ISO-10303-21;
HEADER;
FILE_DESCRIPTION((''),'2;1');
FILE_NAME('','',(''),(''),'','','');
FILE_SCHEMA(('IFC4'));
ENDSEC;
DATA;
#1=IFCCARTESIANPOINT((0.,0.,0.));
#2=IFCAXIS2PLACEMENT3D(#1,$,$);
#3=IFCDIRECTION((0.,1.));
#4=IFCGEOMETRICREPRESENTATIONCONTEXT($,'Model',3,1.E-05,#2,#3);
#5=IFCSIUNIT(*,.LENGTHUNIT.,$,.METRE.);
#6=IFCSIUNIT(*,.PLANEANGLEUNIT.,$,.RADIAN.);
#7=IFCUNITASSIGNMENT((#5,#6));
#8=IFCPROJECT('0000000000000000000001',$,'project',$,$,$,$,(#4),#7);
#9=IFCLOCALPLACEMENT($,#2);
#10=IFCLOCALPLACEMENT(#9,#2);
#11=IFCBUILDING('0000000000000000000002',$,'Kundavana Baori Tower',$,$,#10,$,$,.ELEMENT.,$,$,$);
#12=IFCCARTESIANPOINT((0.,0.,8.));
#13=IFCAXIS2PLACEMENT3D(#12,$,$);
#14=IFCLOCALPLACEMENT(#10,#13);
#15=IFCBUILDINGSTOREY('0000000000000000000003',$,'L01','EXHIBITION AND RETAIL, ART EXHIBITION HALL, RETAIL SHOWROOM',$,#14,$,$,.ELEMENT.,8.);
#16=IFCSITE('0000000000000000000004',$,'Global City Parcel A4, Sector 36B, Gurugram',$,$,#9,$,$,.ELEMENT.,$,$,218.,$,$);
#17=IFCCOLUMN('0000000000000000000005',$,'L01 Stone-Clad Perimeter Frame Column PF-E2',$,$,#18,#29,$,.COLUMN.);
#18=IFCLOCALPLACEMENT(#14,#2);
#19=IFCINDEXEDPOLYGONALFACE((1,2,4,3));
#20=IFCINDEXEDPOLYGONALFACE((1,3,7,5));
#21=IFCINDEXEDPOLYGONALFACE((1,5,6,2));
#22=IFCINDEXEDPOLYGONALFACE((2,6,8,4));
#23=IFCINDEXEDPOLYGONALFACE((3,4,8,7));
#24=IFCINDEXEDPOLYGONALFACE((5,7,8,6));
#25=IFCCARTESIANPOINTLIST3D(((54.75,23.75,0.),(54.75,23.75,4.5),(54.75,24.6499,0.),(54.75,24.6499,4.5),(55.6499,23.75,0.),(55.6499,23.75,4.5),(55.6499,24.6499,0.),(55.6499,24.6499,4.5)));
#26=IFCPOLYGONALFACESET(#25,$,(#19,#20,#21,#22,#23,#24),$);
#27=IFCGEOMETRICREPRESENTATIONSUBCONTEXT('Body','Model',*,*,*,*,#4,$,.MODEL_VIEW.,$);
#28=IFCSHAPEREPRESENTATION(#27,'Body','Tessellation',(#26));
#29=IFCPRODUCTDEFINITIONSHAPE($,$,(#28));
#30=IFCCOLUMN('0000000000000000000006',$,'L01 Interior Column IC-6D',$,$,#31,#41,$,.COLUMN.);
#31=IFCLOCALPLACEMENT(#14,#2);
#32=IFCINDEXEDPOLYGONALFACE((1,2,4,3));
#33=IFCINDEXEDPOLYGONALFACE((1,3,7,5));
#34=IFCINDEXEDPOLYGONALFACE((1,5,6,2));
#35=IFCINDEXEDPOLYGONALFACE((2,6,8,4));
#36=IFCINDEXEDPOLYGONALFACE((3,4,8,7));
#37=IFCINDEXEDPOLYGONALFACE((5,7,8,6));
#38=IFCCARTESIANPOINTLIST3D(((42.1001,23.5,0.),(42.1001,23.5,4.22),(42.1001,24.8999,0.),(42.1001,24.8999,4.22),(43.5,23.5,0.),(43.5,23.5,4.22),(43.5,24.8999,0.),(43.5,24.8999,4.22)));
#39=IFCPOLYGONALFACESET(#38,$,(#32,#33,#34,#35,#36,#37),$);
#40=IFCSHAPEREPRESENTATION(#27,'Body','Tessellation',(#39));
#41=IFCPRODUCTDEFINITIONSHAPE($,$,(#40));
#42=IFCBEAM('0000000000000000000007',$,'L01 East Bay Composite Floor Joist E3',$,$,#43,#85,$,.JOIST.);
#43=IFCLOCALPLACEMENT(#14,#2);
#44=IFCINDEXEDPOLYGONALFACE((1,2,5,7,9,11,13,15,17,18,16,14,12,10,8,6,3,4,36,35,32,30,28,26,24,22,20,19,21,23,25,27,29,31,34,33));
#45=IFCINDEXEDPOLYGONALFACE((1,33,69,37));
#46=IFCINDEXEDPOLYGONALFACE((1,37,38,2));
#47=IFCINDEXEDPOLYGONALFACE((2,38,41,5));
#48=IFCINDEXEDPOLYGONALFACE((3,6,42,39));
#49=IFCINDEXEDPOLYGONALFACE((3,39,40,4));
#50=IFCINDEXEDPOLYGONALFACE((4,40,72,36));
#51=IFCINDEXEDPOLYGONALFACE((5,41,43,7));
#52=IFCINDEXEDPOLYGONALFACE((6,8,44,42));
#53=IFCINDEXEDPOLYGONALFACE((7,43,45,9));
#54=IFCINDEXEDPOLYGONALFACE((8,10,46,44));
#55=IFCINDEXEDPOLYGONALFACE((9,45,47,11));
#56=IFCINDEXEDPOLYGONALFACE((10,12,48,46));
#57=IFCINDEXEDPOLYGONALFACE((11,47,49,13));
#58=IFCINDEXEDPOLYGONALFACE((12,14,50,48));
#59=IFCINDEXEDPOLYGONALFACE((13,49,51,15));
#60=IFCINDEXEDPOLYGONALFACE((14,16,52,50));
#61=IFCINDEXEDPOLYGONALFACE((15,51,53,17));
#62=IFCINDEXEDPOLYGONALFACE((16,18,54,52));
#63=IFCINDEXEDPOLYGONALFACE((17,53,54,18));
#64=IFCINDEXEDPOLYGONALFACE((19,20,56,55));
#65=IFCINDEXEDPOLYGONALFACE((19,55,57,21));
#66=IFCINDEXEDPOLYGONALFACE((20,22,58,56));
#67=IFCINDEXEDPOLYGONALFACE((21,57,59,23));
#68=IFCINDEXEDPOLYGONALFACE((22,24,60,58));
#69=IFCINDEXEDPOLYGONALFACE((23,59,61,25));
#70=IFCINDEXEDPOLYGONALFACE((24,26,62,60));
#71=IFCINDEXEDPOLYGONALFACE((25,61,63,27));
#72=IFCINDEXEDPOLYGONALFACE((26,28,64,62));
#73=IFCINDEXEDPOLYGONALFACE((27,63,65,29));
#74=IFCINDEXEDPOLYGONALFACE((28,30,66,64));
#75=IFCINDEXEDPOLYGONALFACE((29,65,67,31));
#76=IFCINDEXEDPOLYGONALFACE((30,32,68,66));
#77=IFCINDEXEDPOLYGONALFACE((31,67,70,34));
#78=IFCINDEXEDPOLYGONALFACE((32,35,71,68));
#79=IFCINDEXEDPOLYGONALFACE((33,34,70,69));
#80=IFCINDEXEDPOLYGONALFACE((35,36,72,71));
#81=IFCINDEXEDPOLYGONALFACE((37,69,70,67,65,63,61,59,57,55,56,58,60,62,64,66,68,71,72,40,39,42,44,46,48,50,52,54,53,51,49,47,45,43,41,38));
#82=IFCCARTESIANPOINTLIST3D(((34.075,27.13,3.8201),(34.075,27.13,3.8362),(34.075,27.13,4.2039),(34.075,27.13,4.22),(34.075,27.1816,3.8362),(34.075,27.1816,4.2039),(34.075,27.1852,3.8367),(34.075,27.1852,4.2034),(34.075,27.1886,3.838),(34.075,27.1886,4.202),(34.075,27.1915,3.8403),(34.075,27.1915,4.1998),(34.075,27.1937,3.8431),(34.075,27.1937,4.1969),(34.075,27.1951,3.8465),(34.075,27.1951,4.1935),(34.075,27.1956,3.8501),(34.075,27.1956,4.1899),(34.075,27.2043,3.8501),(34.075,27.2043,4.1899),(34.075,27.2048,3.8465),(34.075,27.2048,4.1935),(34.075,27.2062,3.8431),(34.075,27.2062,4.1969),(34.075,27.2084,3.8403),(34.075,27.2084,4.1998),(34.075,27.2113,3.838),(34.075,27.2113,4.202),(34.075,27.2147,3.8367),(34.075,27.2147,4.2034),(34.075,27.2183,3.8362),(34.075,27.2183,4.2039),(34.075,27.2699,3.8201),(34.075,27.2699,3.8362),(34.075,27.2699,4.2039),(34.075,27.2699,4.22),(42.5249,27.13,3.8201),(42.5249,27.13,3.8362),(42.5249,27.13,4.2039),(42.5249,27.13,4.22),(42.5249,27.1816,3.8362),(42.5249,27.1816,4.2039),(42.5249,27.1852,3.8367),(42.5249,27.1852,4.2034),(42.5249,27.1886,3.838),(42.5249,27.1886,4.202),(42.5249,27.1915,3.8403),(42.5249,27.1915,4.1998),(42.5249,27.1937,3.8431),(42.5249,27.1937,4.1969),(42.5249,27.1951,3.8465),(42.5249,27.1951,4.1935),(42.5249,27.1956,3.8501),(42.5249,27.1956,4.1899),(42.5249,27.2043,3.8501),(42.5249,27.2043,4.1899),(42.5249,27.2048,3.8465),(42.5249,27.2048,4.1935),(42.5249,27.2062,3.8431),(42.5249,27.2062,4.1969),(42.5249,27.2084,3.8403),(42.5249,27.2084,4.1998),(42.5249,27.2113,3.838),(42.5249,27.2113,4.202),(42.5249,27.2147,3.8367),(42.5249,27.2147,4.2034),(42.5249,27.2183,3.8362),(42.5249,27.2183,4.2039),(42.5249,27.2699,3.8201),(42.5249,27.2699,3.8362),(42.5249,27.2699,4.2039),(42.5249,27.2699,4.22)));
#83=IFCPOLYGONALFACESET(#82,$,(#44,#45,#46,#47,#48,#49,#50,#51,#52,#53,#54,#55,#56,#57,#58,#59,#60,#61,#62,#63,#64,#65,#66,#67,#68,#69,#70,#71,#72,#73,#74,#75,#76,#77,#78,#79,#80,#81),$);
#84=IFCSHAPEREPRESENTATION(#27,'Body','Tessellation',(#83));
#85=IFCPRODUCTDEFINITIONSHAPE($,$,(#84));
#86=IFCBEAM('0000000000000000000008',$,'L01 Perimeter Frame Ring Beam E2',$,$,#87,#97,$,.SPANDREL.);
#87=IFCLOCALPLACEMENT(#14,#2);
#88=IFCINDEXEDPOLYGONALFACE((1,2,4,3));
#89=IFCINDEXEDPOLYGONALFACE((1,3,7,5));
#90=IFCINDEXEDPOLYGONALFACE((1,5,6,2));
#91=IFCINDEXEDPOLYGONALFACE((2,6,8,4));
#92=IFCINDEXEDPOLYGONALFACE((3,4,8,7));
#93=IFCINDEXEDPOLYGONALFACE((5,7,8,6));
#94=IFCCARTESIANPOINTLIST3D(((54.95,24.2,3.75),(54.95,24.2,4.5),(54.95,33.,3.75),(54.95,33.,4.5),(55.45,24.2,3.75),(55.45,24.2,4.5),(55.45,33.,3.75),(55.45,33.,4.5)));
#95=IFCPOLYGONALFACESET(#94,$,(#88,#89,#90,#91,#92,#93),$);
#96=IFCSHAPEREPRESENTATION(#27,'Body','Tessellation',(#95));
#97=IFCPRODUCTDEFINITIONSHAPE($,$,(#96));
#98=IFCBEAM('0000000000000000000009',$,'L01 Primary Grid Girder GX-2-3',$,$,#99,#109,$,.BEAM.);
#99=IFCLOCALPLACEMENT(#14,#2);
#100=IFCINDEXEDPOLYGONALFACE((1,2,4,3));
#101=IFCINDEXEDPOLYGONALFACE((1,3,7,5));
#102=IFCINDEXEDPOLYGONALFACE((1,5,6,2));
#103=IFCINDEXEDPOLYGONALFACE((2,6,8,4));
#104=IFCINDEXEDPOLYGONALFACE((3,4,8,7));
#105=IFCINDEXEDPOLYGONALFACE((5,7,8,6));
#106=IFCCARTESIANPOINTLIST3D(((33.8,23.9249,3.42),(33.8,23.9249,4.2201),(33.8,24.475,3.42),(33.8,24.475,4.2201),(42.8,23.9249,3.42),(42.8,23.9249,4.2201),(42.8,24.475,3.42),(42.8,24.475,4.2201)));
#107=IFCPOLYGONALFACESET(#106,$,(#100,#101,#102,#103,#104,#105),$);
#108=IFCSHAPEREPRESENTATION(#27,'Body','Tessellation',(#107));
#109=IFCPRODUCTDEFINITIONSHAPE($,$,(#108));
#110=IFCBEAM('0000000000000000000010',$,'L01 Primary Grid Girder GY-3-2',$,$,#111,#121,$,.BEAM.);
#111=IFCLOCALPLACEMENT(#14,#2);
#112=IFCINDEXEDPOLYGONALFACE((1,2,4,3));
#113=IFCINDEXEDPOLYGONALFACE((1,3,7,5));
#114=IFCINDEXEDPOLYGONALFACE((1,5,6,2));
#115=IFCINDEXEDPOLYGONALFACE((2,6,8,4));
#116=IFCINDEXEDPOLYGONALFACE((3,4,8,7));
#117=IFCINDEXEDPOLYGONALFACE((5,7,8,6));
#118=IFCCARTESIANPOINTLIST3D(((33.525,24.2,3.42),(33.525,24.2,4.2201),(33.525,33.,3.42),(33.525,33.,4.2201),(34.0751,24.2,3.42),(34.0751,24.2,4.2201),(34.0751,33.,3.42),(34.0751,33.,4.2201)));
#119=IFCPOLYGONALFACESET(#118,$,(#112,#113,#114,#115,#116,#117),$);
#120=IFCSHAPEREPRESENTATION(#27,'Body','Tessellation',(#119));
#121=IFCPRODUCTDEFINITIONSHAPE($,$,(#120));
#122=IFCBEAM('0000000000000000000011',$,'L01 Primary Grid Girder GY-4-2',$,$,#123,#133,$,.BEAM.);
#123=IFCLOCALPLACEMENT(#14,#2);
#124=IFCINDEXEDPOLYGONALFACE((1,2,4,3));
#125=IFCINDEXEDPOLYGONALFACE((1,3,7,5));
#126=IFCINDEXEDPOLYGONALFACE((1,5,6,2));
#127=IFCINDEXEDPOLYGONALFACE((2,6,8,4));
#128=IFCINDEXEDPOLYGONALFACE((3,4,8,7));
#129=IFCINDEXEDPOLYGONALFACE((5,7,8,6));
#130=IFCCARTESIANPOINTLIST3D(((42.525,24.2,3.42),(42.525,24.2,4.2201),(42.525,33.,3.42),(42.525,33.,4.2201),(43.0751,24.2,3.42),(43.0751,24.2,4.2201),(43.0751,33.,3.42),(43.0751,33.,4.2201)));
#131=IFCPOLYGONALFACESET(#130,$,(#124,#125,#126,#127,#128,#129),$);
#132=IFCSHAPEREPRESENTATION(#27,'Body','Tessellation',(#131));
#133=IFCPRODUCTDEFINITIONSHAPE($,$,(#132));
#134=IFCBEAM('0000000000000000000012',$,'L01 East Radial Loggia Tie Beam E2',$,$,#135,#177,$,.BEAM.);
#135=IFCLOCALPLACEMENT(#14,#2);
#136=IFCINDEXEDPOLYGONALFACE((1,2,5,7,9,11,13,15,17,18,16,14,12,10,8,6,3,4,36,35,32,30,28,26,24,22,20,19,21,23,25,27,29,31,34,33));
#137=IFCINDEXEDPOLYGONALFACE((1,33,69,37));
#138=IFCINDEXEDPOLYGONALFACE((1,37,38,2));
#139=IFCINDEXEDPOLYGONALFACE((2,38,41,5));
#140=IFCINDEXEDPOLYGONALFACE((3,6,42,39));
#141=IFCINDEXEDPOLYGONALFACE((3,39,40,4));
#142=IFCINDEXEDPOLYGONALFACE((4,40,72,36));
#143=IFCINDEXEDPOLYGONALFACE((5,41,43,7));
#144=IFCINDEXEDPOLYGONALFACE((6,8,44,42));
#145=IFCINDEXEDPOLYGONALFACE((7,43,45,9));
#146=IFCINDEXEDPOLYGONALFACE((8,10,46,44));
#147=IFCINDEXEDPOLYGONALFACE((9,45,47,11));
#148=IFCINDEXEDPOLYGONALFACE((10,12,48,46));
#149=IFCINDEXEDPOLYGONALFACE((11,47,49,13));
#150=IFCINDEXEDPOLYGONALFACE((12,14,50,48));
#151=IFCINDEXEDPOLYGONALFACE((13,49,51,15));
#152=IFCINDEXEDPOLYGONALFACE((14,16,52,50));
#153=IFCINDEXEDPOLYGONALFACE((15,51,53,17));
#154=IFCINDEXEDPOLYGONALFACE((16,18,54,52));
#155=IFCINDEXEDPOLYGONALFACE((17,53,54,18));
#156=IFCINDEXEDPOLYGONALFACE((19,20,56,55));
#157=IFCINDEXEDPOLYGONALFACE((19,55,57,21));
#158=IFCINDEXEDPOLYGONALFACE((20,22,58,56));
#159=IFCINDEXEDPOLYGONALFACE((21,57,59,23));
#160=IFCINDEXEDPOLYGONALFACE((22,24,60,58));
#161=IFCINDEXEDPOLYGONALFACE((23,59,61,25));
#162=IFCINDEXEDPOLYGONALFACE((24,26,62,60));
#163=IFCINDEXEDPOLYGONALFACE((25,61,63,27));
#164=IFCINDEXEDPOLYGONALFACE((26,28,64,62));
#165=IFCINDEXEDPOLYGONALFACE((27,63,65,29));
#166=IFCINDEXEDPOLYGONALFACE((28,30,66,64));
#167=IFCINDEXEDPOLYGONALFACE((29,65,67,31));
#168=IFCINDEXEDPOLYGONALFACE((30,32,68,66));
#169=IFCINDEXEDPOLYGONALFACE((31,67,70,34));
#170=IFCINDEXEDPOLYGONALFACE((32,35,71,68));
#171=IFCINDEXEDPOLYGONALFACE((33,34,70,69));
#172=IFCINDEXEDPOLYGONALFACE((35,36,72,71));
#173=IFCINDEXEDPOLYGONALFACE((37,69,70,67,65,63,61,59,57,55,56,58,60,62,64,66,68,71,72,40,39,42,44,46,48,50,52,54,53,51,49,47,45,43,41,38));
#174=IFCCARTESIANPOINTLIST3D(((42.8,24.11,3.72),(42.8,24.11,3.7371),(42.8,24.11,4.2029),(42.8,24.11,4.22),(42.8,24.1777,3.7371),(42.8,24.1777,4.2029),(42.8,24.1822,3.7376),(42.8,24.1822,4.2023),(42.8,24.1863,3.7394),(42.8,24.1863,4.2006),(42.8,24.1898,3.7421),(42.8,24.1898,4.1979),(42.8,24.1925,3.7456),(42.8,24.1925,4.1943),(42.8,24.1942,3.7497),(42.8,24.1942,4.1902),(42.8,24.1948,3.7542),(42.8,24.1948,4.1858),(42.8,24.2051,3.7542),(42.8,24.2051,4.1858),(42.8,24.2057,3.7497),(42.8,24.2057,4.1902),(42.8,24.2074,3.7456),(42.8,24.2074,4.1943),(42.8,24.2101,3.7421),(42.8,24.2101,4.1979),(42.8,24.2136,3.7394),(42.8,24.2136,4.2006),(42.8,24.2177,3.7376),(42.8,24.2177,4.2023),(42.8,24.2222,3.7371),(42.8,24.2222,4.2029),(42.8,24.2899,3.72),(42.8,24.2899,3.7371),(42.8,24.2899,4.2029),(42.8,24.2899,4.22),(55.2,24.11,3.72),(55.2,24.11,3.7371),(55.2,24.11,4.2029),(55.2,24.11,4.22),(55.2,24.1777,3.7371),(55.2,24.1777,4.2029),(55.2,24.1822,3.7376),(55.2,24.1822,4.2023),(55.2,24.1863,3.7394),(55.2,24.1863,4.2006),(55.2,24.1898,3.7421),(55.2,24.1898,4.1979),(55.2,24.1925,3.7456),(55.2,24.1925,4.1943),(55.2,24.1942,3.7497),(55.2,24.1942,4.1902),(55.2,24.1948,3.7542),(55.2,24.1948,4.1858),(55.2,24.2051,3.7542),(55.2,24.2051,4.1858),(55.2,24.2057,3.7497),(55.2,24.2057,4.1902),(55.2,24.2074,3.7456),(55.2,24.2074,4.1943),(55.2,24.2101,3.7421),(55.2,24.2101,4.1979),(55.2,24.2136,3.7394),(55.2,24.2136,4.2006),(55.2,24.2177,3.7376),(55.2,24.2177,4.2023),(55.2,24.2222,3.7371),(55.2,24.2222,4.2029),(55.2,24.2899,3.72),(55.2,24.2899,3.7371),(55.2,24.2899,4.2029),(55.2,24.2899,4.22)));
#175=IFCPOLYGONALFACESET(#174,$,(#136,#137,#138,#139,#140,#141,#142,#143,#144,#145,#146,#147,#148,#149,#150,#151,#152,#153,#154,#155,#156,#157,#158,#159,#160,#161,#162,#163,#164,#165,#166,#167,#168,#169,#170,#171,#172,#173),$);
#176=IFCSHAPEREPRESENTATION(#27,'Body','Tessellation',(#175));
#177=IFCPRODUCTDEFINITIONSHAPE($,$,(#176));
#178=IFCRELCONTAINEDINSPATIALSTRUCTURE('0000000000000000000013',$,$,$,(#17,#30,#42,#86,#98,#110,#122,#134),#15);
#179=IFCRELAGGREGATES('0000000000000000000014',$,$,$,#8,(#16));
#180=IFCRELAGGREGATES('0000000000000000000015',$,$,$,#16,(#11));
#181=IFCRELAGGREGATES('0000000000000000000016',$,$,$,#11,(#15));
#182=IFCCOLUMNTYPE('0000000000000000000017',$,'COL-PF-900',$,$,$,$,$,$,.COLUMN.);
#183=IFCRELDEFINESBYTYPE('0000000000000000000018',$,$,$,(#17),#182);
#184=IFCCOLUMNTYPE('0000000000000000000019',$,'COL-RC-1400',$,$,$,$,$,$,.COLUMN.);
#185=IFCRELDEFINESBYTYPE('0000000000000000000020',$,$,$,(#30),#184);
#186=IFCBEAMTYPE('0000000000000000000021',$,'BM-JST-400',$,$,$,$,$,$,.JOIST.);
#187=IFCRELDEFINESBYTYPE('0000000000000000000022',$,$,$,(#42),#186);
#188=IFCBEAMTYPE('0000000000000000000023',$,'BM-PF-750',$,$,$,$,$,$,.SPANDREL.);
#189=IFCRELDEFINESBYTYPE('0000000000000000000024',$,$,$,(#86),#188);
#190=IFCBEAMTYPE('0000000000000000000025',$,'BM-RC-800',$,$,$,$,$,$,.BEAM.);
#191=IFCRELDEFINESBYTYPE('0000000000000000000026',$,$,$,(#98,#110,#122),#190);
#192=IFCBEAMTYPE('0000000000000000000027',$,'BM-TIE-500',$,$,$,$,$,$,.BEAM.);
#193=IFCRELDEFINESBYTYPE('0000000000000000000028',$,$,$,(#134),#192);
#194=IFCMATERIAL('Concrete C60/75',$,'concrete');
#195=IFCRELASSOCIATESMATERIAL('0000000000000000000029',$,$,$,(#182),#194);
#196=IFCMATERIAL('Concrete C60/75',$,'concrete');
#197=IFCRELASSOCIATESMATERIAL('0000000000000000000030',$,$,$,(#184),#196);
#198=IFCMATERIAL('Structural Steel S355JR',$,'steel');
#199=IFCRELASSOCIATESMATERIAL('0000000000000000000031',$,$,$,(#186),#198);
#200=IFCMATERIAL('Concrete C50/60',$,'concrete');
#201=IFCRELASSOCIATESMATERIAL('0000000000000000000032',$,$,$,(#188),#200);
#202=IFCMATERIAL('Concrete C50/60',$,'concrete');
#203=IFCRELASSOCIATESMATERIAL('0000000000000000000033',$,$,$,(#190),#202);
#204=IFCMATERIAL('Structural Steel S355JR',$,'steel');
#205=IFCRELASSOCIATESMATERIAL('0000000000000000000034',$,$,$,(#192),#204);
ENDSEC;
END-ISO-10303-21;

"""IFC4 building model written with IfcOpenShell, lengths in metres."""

from ifc_helpers import new_model, si_unit, direction, frame, origin, origin_2d, place, context, subcontext, project, spatial, rectangle, i_section, extrude, material, material_profile, profile_set, type_object, element, save


model = new_model("IFC4")

# Units and contexts
model_context = context("Model", 3, precision=1e-05, world=origin(), true_north=direction((0.0, 1.0)))
body_context = subcontext(model_context, "Body", "Model", "MODEL_VIEW")
ifc_project = project(units=[si_unit("LENGTHUNIT", "METRE"), si_unit("PLANEANGLEUNIT", "RADIAN")], contexts=[model_context])

# Site, building, storey
site_placement = place(None, origin())
site = spatial("IfcSite", under=ifc_project, at=site_placement, Name="Global City Parcel A4, Sector 36B, Gurugram", CompositionType="ELEMENT", RefElevation=218.0)
building_placement = place(site_placement, origin())
building = spatial("IfcBuilding", under=site, at=building_placement, Name="Kundavana Baori Tower", CompositionType="ELEMENT")
storey_placement = place(building_placement, frame((0.0, 0.0, 8.0)))
storey = spatial("IfcBuildingStorey", under=building, at=storey_placement, Name="L01", Description="EXHIBITION AND RETAIL, ART EXHIBITION HALL, RETAIL SHOWROOM", CompositionType="ELEMENT", Elevation=8.0)

# Columns
ifc_material_1 = material(Name="Concrete C60/75", Category="concrete")
ifc_material_profile_1 = material_profile(ifc_material_1, rectangle(XDim=0.8999, YDim=0.8999, at=origin_2d()), Name="RC PF 900x900")
ifc_profile_set_1 = profile_set([ifc_material_profile_1], Name="Concrete C60/75")
column_type_1 = type_object("IfcColumnType", Name="COL-PF-900", PredefinedType="COLUMN", material=ifc_profile_set_1)
column_1_placement = place(storey_placement, frame((55.2, 24.2, 0.0), z_axis=(0.0, 0.0, 1.0), x_axis=(1.0, 0.0, 0.0)))
element("IfcColumn", 1, at=column_1_placement, inside=storey, type_object=column_type_1, Name="L01 Stone-Clad Perimeter Frame Column PF-E2", PredefinedType="COLUMN", context=body_context, shape_type="SweptSolid", body=[
    extrude(rectangle(XDim=0.8999, YDim=0.8999, at=origin_2d()), origin(), (0.0, 0.0, 1.0), 4.5),
])
ifc_material_2 = material(Name="Concrete C60/75", Category="concrete")
ifc_material_profile_2 = material_profile(ifc_material_2, rectangle(XDim=1.3999, YDim=1.3999, at=origin_2d()), Name="RC 1400x1400")
ifc_profile_set_2 = profile_set([ifc_material_profile_2], Name="Concrete C60/75")
column_type_2 = type_object("IfcColumnType", Name="COL-RC-1400", PredefinedType="COLUMN", material=ifc_profile_set_2)
column_2_placement = place(storey_placement, frame((42.8, 24.2, 0.0), z_axis=(0.0, 0.0, 1.0), x_axis=(1.0, 0.0, 0.0)))
element("IfcColumn", 2, at=column_2_placement, inside=storey, type_object=column_type_2, Name="L01 Interior Column IC-6D", PredefinedType="COLUMN", context=body_context, shape_type="SweptSolid", body=[
    extrude(rectangle(XDim=1.3999, YDim=1.3999, at=origin_2d()), origin(), (0.0, 0.0, 1.0), 4.22),
])

# Beams
ifc_material_3 = material(Name="Structural Steel S355JR", Category="steel")
ifc_material_profile_3 = material_profile(ifc_material_3, i_section(OverallWidth=0.1399, OverallDepth=0.3999, WebThickness=0.0088, FlangeThickness=0.0161, FilletRadius=0.0139, at=origin_2d()), Name="ISMB 400")
ifc_profile_set_3 = profile_set([ifc_material_profile_3], Name="Structural Steel S355JR")
beam_type_1 = type_object("IfcBeamType", Name="BM-JST-400", PredefinedType="JOIST", material=ifc_profile_set_3)
beam_1_placement = place(storey_placement, frame((34.075, 27.2, 4.02), z_axis=(1.0, 0.0, 0.0), x_axis=(0.0, 1.0, 0.0)))
element("IfcBeam", 3, at=beam_1_placement, inside=storey, type_object=beam_type_1, Name="L01 East Bay Composite Floor Joist E3", PredefinedType="JOIST", context=body_context, shape_type="SweptSolid", body=[
    extrude(i_section(OverallWidth=0.1399, OverallDepth=0.3999, WebThickness=0.0088, FlangeThickness=0.0161, FilletRadius=0.0139, at=origin_2d()), origin(), (0.0, 0.0, 1.0), 8.45),
])
ifc_material_4 = material(Name="Concrete C50/60", Category="concrete")
ifc_material_profile_4 = material_profile(ifc_material_4, rectangle(XDim=0.5, YDim=0.75, at=origin_2d()), Name="RC BM 500x750")
ifc_profile_set_4 = profile_set([ifc_material_profile_4], Name="Concrete C50/60")
beam_type_2 = type_object("IfcBeamType", Name="BM-PF-750", PredefinedType="SPANDREL", material=ifc_profile_set_4)
beam_2_placement = place(storey_placement, frame((55.2, 24.2, 4.125), z_axis=(0.0, 1.0, 0.0), x_axis=(-1.0, 0.0, 0.0)))
element("IfcBeam", 4, at=beam_2_placement, inside=storey, type_object=beam_type_2, Name="L01 Perimeter Frame Ring Beam E2", PredefinedType="SPANDREL", context=body_context, shape_type="SweptSolid", body=[
    extrude(rectangle(XDim=0.5, YDim=0.75, at=origin_2d()), origin(), (0.0, 0.0, 1.0), 8.8),
])
ifc_material_5 = material(Name="Concrete C50/60", Category="concrete")
ifc_material_profile_5 = material_profile(ifc_material_5, rectangle(XDim=0.55, YDim=0.8, at=origin_2d()), Name="RC BM 550x800")
ifc_profile_set_5 = profile_set([ifc_material_profile_5], Name="Concrete C50/60")
beam_type_3 = type_object("IfcBeamType", Name="BM-RC-800", PredefinedType="BEAM", material=ifc_profile_set_5)
beam_3_placement = place(storey_placement, frame((33.8, 24.2, 3.8201), z_axis=(1.0, 0.0, 0.0), x_axis=(0.0, 1.0, 0.0)))
element("IfcBeam", 5, at=beam_3_placement, inside=storey, type_object=beam_type_3, Name="L01 Primary Grid Girder GX-2-3", PredefinedType="BEAM", context=body_context, shape_type="SweptSolid", body=[
    extrude(rectangle(XDim=0.55, YDim=0.8, at=origin_2d()), origin(), (0.0, 0.0, 1.0), 9.0),
])
for number, where, z_axis, x_axis, name in (
    (6, (33.8, 24.2, 3.8201), (0.0, 1.0, 0.0), (-1.0, 0.0, 0.0), "L01 Primary Grid Girder GY-3-2"),
    (7, (42.8, 24.2, 3.8201), (0.0, 1.0, 0.0), (-1.0, 0.0, 0.0), "L01 Primary Grid Girder GY-4-2"),
):
    element("IfcBeam", number, at=place(storey_placement, frame(where, z_axis=z_axis, x_axis=x_axis)), inside=storey, type_object=beam_type_3, Name=name, PredefinedType="BEAM", context=body_context, shape_type="SweptSolid", body=[
        extrude(rectangle(XDim=0.55, YDim=0.8, at=origin_2d()), origin(), (0.0, 0.0, 1.0), 8.8),
    ])
ifc_material_6 = material(Name="Structural Steel S355JR", Category="steel")
ifc_material_profile_6 = material_profile(ifc_material_6, i_section(OverallWidth=0.1799, OverallDepth=0.5, WebThickness=0.0103, FlangeThickness=0.0171, FilletRadius=0.0171, at=origin_2d()), Name="ISMB 500")
ifc_profile_set_6 = profile_set([ifc_material_profile_6], Name="Structural Steel S355JR")
beam_type_4 = type_object("IfcBeamType", Name="BM-TIE-500", PredefinedType="BEAM", material=ifc_profile_set_6)
beam_4_placement = place(storey_placement, frame((42.8, 24.2, 3.97), z_axis=(1.0, 0.0, 0.0), x_axis=(0.0, 1.0, 0.0)))
element("IfcBeam", 8, at=beam_4_placement, inside=storey, type_object=beam_type_4, Name="L01 East Radial Loggia Tie Beam E2", PredefinedType="BEAM", context=body_context, shape_type="SweptSolid", body=[
    extrude(i_section(OverallWidth=0.1799, OverallDepth=0.5, WebThickness=0.0103, FlangeThickness=0.0171, FilletRadius=0.0171, at=origin_2d()), origin(), (0.0, 0.0, 1.0), 12.3999),
])

save(model, "model.ifc")
